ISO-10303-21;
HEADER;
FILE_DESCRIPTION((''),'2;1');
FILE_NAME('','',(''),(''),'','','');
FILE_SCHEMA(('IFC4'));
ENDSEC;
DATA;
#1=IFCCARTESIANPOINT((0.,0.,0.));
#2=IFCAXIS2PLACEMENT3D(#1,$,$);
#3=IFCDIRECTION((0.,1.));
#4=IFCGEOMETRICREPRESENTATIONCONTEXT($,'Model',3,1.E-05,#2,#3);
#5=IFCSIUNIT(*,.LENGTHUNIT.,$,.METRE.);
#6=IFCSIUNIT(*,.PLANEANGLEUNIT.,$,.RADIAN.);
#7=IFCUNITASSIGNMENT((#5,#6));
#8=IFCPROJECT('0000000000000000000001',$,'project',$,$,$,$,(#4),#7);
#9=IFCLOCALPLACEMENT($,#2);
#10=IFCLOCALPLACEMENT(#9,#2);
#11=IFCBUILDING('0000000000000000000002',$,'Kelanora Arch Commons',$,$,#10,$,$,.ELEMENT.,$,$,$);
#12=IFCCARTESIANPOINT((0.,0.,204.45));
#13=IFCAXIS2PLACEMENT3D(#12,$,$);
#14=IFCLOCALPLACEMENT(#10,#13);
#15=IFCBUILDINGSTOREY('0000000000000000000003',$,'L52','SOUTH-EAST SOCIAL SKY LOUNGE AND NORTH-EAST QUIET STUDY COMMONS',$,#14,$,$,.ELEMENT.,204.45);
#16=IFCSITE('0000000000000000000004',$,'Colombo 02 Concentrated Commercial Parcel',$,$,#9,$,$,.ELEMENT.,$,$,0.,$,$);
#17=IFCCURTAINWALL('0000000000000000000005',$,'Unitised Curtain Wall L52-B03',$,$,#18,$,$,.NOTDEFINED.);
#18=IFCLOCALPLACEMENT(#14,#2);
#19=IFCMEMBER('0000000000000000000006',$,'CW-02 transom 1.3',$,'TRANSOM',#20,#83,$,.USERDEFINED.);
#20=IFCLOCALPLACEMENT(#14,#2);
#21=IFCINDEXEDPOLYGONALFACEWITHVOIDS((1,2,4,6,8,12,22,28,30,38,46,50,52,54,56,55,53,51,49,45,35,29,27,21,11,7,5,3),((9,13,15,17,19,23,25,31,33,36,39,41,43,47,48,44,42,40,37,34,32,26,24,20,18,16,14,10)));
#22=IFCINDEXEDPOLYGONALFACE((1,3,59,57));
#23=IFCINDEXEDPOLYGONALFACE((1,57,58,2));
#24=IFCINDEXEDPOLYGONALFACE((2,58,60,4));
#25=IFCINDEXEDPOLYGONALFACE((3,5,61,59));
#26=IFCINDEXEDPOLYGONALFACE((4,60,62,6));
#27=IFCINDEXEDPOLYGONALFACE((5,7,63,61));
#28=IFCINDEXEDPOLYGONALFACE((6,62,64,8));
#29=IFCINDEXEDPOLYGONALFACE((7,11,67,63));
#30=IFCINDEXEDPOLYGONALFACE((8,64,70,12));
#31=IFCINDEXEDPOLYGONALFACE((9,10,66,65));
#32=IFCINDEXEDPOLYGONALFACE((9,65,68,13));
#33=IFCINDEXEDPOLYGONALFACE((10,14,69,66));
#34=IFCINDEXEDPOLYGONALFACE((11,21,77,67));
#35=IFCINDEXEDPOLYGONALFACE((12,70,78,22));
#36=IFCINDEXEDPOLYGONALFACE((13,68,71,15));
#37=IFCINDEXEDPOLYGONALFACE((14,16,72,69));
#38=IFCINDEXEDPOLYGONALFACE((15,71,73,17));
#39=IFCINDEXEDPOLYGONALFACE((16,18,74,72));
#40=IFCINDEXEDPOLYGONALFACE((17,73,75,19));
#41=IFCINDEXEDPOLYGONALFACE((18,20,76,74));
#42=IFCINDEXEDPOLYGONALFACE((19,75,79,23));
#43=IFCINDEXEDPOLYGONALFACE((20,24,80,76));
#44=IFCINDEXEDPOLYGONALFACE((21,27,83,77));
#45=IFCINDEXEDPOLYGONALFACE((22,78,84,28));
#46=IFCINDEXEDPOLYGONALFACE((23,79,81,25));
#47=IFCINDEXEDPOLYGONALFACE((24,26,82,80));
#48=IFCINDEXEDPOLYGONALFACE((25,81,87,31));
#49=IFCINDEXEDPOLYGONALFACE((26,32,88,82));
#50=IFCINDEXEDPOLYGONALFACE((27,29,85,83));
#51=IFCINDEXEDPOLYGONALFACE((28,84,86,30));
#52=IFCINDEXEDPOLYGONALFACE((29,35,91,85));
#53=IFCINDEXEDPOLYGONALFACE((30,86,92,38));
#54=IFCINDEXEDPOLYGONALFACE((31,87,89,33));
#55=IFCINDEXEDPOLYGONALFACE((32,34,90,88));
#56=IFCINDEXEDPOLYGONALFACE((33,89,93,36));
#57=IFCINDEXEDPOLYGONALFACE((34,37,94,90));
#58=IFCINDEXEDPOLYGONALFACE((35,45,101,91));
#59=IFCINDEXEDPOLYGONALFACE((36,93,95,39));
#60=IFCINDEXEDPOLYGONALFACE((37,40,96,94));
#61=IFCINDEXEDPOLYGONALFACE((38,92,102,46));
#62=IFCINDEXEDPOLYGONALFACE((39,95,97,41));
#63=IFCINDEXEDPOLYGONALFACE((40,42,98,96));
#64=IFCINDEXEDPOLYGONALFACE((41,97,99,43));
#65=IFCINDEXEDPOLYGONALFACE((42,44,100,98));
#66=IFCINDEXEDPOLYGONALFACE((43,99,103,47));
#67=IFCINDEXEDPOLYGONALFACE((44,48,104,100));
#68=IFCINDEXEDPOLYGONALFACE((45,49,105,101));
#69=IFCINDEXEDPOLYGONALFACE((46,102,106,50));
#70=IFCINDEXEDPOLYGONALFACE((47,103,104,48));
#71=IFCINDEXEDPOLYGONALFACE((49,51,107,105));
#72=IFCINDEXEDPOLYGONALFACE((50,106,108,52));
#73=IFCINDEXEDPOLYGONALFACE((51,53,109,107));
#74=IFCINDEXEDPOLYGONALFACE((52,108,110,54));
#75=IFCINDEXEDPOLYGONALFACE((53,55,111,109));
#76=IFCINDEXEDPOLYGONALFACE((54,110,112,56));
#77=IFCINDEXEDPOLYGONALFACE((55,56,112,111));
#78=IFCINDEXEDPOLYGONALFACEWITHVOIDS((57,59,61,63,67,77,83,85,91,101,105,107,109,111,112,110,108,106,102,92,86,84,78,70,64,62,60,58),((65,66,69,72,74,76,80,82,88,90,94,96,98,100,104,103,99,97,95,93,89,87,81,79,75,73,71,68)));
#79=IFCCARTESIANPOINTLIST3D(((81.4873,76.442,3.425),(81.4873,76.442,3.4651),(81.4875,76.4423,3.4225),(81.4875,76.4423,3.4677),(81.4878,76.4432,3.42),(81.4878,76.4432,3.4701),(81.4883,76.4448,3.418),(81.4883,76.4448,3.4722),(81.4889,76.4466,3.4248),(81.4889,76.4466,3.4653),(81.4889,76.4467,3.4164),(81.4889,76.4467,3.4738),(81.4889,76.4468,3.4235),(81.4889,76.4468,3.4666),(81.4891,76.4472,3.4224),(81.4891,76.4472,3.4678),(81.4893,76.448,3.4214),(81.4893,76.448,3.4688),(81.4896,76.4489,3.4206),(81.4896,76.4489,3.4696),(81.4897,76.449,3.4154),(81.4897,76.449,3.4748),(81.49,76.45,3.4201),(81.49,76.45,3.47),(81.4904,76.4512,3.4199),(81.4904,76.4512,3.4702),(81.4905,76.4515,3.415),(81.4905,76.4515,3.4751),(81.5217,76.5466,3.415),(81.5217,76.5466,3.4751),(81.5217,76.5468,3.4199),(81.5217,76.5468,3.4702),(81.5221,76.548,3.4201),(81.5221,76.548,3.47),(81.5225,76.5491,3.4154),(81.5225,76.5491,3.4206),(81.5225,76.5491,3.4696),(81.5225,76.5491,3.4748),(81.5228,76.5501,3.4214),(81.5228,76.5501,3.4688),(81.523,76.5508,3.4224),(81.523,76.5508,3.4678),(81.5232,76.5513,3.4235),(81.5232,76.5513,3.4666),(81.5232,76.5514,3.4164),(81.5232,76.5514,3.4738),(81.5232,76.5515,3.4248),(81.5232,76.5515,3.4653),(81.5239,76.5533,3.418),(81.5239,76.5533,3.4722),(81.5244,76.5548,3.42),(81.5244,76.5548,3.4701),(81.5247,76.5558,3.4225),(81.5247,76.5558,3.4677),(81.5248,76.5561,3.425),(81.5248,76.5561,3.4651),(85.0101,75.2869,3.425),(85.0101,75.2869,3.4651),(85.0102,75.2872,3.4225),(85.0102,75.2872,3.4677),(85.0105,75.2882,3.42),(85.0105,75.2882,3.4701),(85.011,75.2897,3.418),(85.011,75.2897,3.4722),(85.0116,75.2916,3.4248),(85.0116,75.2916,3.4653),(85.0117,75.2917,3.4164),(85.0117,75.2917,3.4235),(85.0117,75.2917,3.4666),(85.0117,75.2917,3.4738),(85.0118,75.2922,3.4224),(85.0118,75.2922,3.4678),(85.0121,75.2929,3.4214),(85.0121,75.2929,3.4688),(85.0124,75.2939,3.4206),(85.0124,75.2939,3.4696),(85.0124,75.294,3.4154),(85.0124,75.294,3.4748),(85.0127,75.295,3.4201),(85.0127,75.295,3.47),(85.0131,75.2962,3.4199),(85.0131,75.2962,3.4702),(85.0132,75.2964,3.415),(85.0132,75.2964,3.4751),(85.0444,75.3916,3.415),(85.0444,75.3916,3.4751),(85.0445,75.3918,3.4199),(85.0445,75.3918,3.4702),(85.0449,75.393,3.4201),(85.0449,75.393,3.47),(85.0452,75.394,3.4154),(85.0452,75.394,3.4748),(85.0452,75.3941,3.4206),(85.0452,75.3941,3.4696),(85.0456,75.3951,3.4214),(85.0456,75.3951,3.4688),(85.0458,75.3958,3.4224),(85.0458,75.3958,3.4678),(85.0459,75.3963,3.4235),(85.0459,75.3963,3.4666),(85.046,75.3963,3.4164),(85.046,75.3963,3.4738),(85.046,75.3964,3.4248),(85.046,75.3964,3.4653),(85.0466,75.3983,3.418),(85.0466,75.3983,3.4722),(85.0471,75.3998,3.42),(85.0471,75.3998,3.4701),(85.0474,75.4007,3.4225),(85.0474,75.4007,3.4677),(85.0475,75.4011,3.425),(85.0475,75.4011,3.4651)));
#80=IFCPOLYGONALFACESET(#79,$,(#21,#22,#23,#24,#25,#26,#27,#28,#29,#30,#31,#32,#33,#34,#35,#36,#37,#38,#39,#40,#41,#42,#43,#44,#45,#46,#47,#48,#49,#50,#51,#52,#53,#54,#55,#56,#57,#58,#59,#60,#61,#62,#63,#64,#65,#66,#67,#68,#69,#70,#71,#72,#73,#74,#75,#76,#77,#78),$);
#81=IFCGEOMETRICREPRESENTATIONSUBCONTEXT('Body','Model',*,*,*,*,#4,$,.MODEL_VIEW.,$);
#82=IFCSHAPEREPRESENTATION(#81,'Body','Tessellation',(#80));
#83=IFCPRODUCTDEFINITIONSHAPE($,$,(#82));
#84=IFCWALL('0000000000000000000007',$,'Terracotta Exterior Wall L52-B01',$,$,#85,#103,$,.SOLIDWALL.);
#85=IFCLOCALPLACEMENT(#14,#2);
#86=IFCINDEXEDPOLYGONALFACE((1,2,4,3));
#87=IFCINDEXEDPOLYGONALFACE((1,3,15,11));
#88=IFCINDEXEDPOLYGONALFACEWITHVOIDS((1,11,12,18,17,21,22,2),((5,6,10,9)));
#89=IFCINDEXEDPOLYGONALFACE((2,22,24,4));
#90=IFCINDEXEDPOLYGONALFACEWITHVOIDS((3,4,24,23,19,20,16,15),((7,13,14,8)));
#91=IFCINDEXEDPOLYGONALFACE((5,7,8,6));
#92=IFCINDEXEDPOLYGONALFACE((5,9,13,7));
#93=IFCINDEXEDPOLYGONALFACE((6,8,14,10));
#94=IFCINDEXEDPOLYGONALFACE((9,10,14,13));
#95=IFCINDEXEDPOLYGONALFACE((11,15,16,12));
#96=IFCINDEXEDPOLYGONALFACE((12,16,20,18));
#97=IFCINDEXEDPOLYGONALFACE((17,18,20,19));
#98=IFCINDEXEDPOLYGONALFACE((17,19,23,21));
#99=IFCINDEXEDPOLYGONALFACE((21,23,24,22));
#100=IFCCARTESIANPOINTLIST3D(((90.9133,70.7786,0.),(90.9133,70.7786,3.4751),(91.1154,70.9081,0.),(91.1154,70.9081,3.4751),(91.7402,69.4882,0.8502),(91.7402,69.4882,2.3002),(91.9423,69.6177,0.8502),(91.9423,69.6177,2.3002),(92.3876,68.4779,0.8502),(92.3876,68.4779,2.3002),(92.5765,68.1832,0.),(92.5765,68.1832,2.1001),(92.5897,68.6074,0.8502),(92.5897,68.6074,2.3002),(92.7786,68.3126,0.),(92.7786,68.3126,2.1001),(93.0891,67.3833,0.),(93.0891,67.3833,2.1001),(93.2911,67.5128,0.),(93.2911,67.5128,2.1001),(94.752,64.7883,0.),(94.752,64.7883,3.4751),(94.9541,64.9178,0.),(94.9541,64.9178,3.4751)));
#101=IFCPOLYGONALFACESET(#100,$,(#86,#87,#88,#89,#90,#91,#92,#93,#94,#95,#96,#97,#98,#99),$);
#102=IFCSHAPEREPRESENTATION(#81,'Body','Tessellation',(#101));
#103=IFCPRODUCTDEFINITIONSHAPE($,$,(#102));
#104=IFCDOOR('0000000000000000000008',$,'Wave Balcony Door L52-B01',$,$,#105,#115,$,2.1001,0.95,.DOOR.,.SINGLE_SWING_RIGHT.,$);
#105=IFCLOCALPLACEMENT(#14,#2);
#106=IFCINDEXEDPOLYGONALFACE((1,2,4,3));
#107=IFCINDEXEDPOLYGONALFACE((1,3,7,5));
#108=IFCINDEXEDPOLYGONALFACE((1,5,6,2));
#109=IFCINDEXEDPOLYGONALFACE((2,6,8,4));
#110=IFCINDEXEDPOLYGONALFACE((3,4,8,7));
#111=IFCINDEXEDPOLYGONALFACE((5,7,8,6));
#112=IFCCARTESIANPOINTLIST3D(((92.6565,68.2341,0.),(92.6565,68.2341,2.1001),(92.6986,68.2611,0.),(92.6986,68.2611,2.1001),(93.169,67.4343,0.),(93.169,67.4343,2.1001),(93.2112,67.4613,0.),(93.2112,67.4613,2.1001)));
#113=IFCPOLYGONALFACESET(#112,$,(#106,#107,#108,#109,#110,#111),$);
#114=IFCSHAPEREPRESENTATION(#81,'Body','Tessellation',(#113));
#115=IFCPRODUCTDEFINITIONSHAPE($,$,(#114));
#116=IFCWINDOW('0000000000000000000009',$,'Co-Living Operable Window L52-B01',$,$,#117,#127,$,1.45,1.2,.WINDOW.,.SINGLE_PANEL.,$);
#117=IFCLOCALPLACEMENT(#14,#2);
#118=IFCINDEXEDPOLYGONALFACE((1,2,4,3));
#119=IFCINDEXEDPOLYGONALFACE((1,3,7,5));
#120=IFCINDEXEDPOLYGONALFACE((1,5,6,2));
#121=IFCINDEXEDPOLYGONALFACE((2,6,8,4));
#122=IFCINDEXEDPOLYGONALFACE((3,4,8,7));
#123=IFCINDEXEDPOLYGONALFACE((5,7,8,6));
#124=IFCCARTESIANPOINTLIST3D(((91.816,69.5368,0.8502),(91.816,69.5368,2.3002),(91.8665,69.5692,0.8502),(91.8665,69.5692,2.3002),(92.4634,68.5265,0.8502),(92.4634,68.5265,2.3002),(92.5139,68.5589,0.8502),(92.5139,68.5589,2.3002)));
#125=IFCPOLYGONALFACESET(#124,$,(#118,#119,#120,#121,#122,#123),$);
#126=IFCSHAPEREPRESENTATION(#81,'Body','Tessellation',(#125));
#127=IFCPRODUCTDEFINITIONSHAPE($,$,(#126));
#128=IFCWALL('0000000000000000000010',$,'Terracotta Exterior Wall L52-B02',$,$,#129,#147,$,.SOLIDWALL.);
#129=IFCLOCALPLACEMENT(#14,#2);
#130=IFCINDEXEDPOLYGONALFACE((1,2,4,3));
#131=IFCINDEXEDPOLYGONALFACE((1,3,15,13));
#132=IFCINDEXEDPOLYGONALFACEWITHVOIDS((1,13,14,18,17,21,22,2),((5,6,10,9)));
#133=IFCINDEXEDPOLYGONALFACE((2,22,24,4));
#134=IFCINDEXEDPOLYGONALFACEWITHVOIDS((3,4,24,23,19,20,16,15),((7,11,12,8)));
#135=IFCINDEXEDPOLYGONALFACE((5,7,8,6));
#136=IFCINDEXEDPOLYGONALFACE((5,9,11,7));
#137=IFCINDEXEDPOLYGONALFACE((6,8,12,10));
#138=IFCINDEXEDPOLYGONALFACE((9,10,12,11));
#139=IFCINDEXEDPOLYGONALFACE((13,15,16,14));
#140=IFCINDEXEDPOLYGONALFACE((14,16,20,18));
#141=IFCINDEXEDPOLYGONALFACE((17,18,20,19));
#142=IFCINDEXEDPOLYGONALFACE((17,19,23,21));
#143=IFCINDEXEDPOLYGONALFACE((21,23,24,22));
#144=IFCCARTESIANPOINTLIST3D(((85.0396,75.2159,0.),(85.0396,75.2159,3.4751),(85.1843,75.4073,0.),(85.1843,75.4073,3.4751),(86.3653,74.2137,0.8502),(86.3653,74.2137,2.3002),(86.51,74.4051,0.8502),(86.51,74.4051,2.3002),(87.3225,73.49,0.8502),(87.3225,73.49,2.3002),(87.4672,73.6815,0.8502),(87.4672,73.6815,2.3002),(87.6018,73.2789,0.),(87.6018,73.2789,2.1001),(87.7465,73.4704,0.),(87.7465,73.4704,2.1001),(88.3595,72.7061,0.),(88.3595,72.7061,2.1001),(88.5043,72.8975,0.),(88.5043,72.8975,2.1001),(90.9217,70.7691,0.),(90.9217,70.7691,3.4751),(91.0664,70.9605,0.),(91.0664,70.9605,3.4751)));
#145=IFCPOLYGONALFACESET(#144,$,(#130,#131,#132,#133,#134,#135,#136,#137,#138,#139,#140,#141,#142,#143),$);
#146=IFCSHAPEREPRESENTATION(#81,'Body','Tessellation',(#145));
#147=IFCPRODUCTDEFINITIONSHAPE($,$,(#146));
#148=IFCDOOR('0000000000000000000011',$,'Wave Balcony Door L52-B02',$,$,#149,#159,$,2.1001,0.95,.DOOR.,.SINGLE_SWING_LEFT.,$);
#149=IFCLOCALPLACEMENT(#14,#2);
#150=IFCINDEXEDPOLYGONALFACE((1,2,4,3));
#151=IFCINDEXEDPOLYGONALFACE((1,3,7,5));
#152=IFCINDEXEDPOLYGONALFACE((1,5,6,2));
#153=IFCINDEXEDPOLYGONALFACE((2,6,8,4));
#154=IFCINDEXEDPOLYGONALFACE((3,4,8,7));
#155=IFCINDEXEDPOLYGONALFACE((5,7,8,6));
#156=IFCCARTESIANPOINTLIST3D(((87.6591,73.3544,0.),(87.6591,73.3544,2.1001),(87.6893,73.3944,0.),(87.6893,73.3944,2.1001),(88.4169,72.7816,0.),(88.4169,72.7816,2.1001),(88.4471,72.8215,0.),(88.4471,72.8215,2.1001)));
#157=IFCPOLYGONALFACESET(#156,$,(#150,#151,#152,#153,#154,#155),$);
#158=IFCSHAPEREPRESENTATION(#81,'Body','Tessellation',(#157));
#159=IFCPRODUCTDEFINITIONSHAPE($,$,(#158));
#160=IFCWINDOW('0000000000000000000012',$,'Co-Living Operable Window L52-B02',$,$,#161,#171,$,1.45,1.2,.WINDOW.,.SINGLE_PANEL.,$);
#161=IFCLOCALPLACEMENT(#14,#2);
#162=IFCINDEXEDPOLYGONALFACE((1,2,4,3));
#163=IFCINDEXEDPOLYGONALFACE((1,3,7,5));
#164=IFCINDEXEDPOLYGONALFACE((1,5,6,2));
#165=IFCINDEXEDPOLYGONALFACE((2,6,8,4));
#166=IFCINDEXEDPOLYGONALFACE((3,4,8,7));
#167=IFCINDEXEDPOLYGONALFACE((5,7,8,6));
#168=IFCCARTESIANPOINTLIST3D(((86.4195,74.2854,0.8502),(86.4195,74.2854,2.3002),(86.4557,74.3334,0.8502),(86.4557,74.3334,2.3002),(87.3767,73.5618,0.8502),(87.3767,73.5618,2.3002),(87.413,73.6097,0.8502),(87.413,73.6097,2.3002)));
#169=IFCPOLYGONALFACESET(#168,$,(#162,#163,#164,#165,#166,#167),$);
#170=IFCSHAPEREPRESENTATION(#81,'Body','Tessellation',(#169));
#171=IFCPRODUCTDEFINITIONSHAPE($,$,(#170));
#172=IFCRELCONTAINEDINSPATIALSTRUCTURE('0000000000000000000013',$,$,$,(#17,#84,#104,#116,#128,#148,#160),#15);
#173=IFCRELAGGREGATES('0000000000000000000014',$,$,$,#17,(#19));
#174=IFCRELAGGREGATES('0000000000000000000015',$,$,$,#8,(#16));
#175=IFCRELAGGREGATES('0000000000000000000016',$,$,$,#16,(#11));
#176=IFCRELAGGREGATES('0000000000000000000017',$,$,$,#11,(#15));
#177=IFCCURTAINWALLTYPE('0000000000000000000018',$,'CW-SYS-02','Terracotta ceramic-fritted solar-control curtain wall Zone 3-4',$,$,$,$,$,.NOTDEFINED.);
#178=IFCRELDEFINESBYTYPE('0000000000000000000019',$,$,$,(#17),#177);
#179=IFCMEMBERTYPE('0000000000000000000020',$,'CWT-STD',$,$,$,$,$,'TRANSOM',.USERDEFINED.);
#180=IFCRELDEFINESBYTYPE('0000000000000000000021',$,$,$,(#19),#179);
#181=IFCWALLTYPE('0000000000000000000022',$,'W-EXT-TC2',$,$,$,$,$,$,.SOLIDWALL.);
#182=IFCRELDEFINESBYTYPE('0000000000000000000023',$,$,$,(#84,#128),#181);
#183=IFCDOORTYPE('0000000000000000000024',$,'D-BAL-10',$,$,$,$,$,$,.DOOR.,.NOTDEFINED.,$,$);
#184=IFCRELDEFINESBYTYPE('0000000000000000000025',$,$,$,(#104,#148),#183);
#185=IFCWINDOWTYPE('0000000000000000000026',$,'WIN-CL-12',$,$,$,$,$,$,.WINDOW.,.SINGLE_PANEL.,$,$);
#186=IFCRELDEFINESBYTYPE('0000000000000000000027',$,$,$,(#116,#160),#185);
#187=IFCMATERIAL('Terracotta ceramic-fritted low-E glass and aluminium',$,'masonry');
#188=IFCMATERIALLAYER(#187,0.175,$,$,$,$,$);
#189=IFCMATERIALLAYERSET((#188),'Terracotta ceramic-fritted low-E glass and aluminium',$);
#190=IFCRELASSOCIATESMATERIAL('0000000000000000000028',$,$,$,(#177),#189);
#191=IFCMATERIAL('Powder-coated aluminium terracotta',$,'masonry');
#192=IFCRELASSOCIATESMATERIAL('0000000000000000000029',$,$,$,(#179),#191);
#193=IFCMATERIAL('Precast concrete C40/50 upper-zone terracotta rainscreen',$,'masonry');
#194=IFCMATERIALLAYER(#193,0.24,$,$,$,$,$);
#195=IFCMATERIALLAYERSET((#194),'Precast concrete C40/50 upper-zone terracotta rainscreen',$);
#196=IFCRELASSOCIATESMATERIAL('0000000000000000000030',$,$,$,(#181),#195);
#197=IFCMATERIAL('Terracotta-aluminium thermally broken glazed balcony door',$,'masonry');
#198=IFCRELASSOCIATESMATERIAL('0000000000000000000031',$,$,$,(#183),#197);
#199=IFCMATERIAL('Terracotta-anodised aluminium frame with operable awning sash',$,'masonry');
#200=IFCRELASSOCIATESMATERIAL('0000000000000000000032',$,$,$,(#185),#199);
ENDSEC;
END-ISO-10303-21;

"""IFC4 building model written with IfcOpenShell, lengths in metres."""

from ifc_helpers import new_model, si_unit, direction, frame, frame_2d, origin, origin_2d, place, context, subcontext, project, spatial, rectangle, hollow_rectangle, extrude, material, layer, layer_set, material_profile, profile_set, type_object, element, fill, aggregate, save


model = new_model("IFC4")

# Units and contexts
model_context = context("Model", 3, precision=1e-05, world=origin(), true_north=direction((0.0, 1.0)))
body_context = subcontext(model_context, "Body", "Model", "MODEL_VIEW")
ifc_project = project(units=[si_unit("LENGTHUNIT", "METRE"), si_unit("PLANEANGLEUNIT", "RADIAN")], contexts=[model_context])

# Site, building, storey
site_placement = place(None, origin())
site = spatial("IfcSite", under=ifc_project, at=site_placement, Name="Colombo 02 Concentrated Commercial Parcel", CompositionType="ELEMENT", RefElevation=0.0)
building_placement = place(site_placement, origin())
building = spatial("IfcBuilding", under=site, at=building_placement, Name="Kelanora Arch Commons", CompositionType="ELEMENT")
storey_placement = place(building_placement, frame((0.0, 0.0, 204.45)))
storey = spatial("IfcBuildingStorey", under=building, at=storey_placement, Name="L52", Description="SOUTH-EAST SOCIAL SKY LOUNGE AND NORTH-EAST QUIET STUDY COMMONS", CompositionType="ELEMENT", Elevation=204.45)

# Shared definitions
ifc_material_1 = material(Name="Terracotta ceramic-fritted low-E glass and aluminium", Category="masonry")
ifc_layer_1 = layer(ifc_material_1, 0.175)
ifc_layer_set_1 = layer_set([ifc_layer_1], Name="Terracotta ceramic-fritted low-E glass and aluminium")
curtain_wall_type = type_object("IfcCurtainWallType", Name="CW-SYS-02", Description="Terracotta ceramic-fritted solar-control curtain wall Zone 3-4", PredefinedType="NOTDEFINED", material=ifc_layer_set_1)
ifc_material_2 = material(Name="Powder-coated aluminium terracotta", Category="masonry")

# Curtain wall, member
curtain_wall_1_placement = place(storey_placement, origin())
curtain_wall_1 = element("IfcCurtainWall", 1, at=curtain_wall_1_placement, inside=storey, type_object=curtain_wall_type, Name="Unitised Curtain Wall L52-B03", PredefinedType="NOTDEFINED")
ifc_material_profile_1 = material_profile(ifc_material_2, hollow_rectangle(XDim=0.1201, YDim=0.0601, WallThickness=0.0049, InnerFilletRadius=0.0049, OuterFilletRadius=0.01, at=origin_2d()), Name="CWT120x60")
ifc_profile_set_1 = profile_set([ifc_material_profile_1], Name="Powder-coated aluminium terracotta")
member_type_1 = type_object("IfcMemberType", Name="CWT-STD", ElementType="TRANSOM", PredefinedType="USERDEFINED", material=ifc_profile_set_1)
member_1_placement = place(storey_placement, frame((85.0288, 75.344, 3.4451), z_axis=(-0.950226, 0.311561, 0.0), x_axis=(-0.311561, -0.950226, 0.0)))
member_1 = element("IfcMember", 2, at=member_1_placement, type_object=member_type_1, Name="CW-02 transom 1.3", ObjectType="TRANSOM", PredefinedType="USERDEFINED", context=body_context, shape_type="SweptSolid", body=[
    extrude(hollow_rectangle(XDim=0.1201, YDim=0.0601, WallThickness=0.0049, InnerFilletRadius=0.0049, OuterFilletRadius=0.01, at=origin_2d()), origin(), (0.0, 0.0, 1.0), 3.7073),
])
aggregate(curtain_wall_1, [member_1])

# Walls, openings, doors, windows
ifc_material_3 = material(Name="Precast concrete C40/50 upper-zone terracotta rainscreen", Category="masonry")
ifc_layer_2 = layer(ifc_material_3, 0.24)
ifc_layer_set_2 = layer_set([ifc_layer_2], Name="Precast concrete C40/50 upper-zone terracotta rainscreen")
wall_type_1 = type_object("IfcWallType", Name="W-EXT-TC2", PredefinedType="SOLIDWALL", material=ifc_layer_set_2)
wall_1_placement = place(storey_placement, frame((94.853, 64.853, 0.0), z_axis=(0.0, 0.0, 1.0), x_axis=(-0.53954, 0.84196, 0.0)))
wall_1 = element("IfcWall", 3, at=wall_1_placement, inside=storey, type_object=wall_type_1, Name="Terracotta Exterior Wall L52-B01", PredefinedType="SOLIDWALL", context=body_context, shape_type="SweptSolid", body=[
    extrude(rectangle(XDim=7.1147, YDim=0.24, at=frame_2d((3.5574, 0.0))), origin(), (0.0, 0.0, 1.0), 3.4751),
])
opening_1_placement = place(wall_1_placement, frame((3.082, 0.0, 0.0)))
opening_1 = element("IfcOpeningElement", 4, at=opening_1_placement, cuts=wall_1, PredefinedType="OPENING", context=body_context, shape_type="SweptSolid", body=[
    extrude(rectangle(XDim=0.95, YDim=2.1001, at=frame_2d((0.4751, 1.05))), frame((0.0, 0.1299, 0.0), z_axis=(0.0, -1.0, 0.0), x_axis=(1.0, 0.0, 0.0)), (0.0, 0.0, 1.0), 0.26),
])
opening_2_placement = place(wall_1_placement, frame((4.3821, 0.0, 0.8501)))
opening_2 = element("IfcOpeningElement", 5, at=opening_2_placement, cuts=wall_1, PredefinedType="OPENING", context=body_context, shape_type="SweptSolid", body=[
    extrude(rectangle(XDim=1.2, YDim=1.45, at=frame_2d((0.6001, 0.7251))), frame((0.0, 0.1299, 0.0), z_axis=(0.0, -1.0, 0.0), x_axis=(1.0, 0.0, 0.0)), (0.0, 0.0, 1.0), 0.26),
])
ifc_material_4 = material(Name="Terracotta-aluminium thermally broken glazed balcony door", Category="masonry")
door_type = type_object("IfcDoorType", Name="D-BAL-10", OperationType="NOTDEFINED", PredefinedType="DOOR", material=ifc_material_4)
door_1_placement = place(opening_1_placement, frame((0.95, 0.0, 0.0), z_axis=(0.0, 0.0, 1.0), x_axis=(-1.0, 0.0, 0.0)))
door_1 = element("IfcDoor", 6, at=door_1_placement, inside=storey, type_object=door_type, Name="Wave Balcony Door L52-B01", OperationType="SINGLE_SWING_RIGHT", OverallHeight=2.1001, OverallWidth=0.95, PredefinedType="DOOR", context=body_context, shape_type="SweptSolid", body=[
    extrude(rectangle(XDim=0.95, YDim=2.1001, at=frame_2d((0.4751, 1.05))), frame((0.0, 0.0249, 0.0), z_axis=(0.0, -1.0, 0.0), x_axis=(1.0, 0.0, 0.0)), (0.0, 0.0, 1.0), 0.05),
])
fill(opening_1, door_1)
ifc_material_5 = material(Name="Terracotta-anodised aluminium frame with operable awning sash", Category="masonry")
window_type = type_object("IfcWindowType", Name="WIN-CL-12", PartitioningType="SINGLE_PANEL", PredefinedType="WINDOW", material=ifc_material_5)
window_1_placement = place(opening_2_placement, origin())
window_1 = element("IfcWindow", 7, at=window_1_placement, inside=storey, type_object=window_type, Name="Co-Living Operable Window L52-B01", OverallHeight=1.45, OverallWidth=1.2, PartitioningType="SINGLE_PANEL", PredefinedType="WINDOW", context=body_context, shape_type="SweptSolid", body=[
    extrude(rectangle(XDim=1.2, YDim=1.45, at=frame_2d((0.6001, 0.7251))), frame((0.0, 0.03, 0.0), z_axis=(0.0, -1.0, 0.0), x_axis=(1.0, 0.0, 0.0)), (0.0, 0.0, 1.0), 0.0601),
])
fill(opening_2, window_1)
wall_2_placement = place(storey_placement, frame((90.9941, 70.8647, 0.0), z_axis=(0.0, 0.0, 1.0), x_axis=(-0.797702, 0.603052, 0.0)))
wall_2 = element("IfcWall", 8, at=wall_2_placement, inside=storey, type_object=wall_type_1, Name="Terracotta Exterior Wall L52-B02", PredefinedType="SOLIDWALL", context=body_context, shape_type="SweptSolid", body=[
    extrude(rectangle(XDim=7.3738, YDim=0.24, at=frame_2d((3.687, 0.0))), origin(), (0.0, 0.0, 1.0), 3.4751),
])
opening_3_placement = place(wall_2_placement, frame((3.2119, 0.0, 0.0)))
opening_3 = element("IfcOpeningElement", 9, at=opening_3_placement, cuts=wall_2, PredefinedType="OPENING", context=body_context, shape_type="SweptSolid", body=[
    extrude(rectangle(XDim=0.95, YDim=2.1001, at=frame_2d((0.4751, 1.05))), frame((0.0, 0.1299, 0.0), z_axis=(0.0, -1.0, 0.0), x_axis=(1.0, 0.0, 0.0)), (0.0, 0.0, 1.0), 0.26),
])
opening_4_placement = place(wall_2_placement, frame((4.512, 0.0, 0.8501)))
opening_4 = element("IfcOpeningElement", 10, at=opening_4_placement, cuts=wall_2, PredefinedType="OPENING", context=body_context, shape_type="SweptSolid", body=[
    extrude(rectangle(XDim=1.2, YDim=1.45, at=frame_2d((0.6001, 0.7251))), frame((0.0, 0.1299, 0.0), z_axis=(0.0, -1.0, 0.0), x_axis=(1.0, 0.0, 0.0)), (0.0, 0.0, 1.0), 0.26),
])
door_2_placement = place(opening_3_placement, frame((0.95, 0.0, 0.0), z_axis=(0.0, 0.0, 1.0), x_axis=(-1.0, 0.0, 0.0)))
door_2 = element("IfcDoor", 11, at=door_2_placement, inside=storey, type_object=door_type, Name="Wave Balcony Door L52-B02", OperationType="SINGLE_SWING_LEFT", OverallHeight=2.1001, OverallWidth=0.95, PredefinedType="DOOR", context=body_context, shape_type="SweptSolid", body=[
    extrude(rectangle(XDim=0.95, YDim=2.1001, at=frame_2d((0.4751, 1.05))), frame((0.0, 0.0249, 0.0), z_axis=(0.0, -1.0, 0.0), x_axis=(1.0, 0.0, 0.0)), (0.0, 0.0, 1.0), 0.05),
])
fill(opening_3, door_2)
window_2_placement = place(opening_4_placement, origin())
window_2 = element("IfcWindow", 12, at=window_2_placement, inside=storey, type_object=window_type, Name="Co-Living Operable Window L52-B02", OverallHeight=1.45, OverallWidth=1.2, PartitioningType="SINGLE_PANEL", PredefinedType="WINDOW", context=body_context, shape_type="SweptSolid", body=[
    extrude(rectangle(XDim=1.2, YDim=1.45, at=frame_2d((0.6001, 0.7251))), frame((0.0, 0.03, 0.0), z_axis=(0.0, -1.0, 0.0), x_axis=(1.0, 0.0, 0.0)), (0.0, 0.0, 1.0), 0.0601),
])
fill(opening_4, window_2)

save(model, "model.ifc")
